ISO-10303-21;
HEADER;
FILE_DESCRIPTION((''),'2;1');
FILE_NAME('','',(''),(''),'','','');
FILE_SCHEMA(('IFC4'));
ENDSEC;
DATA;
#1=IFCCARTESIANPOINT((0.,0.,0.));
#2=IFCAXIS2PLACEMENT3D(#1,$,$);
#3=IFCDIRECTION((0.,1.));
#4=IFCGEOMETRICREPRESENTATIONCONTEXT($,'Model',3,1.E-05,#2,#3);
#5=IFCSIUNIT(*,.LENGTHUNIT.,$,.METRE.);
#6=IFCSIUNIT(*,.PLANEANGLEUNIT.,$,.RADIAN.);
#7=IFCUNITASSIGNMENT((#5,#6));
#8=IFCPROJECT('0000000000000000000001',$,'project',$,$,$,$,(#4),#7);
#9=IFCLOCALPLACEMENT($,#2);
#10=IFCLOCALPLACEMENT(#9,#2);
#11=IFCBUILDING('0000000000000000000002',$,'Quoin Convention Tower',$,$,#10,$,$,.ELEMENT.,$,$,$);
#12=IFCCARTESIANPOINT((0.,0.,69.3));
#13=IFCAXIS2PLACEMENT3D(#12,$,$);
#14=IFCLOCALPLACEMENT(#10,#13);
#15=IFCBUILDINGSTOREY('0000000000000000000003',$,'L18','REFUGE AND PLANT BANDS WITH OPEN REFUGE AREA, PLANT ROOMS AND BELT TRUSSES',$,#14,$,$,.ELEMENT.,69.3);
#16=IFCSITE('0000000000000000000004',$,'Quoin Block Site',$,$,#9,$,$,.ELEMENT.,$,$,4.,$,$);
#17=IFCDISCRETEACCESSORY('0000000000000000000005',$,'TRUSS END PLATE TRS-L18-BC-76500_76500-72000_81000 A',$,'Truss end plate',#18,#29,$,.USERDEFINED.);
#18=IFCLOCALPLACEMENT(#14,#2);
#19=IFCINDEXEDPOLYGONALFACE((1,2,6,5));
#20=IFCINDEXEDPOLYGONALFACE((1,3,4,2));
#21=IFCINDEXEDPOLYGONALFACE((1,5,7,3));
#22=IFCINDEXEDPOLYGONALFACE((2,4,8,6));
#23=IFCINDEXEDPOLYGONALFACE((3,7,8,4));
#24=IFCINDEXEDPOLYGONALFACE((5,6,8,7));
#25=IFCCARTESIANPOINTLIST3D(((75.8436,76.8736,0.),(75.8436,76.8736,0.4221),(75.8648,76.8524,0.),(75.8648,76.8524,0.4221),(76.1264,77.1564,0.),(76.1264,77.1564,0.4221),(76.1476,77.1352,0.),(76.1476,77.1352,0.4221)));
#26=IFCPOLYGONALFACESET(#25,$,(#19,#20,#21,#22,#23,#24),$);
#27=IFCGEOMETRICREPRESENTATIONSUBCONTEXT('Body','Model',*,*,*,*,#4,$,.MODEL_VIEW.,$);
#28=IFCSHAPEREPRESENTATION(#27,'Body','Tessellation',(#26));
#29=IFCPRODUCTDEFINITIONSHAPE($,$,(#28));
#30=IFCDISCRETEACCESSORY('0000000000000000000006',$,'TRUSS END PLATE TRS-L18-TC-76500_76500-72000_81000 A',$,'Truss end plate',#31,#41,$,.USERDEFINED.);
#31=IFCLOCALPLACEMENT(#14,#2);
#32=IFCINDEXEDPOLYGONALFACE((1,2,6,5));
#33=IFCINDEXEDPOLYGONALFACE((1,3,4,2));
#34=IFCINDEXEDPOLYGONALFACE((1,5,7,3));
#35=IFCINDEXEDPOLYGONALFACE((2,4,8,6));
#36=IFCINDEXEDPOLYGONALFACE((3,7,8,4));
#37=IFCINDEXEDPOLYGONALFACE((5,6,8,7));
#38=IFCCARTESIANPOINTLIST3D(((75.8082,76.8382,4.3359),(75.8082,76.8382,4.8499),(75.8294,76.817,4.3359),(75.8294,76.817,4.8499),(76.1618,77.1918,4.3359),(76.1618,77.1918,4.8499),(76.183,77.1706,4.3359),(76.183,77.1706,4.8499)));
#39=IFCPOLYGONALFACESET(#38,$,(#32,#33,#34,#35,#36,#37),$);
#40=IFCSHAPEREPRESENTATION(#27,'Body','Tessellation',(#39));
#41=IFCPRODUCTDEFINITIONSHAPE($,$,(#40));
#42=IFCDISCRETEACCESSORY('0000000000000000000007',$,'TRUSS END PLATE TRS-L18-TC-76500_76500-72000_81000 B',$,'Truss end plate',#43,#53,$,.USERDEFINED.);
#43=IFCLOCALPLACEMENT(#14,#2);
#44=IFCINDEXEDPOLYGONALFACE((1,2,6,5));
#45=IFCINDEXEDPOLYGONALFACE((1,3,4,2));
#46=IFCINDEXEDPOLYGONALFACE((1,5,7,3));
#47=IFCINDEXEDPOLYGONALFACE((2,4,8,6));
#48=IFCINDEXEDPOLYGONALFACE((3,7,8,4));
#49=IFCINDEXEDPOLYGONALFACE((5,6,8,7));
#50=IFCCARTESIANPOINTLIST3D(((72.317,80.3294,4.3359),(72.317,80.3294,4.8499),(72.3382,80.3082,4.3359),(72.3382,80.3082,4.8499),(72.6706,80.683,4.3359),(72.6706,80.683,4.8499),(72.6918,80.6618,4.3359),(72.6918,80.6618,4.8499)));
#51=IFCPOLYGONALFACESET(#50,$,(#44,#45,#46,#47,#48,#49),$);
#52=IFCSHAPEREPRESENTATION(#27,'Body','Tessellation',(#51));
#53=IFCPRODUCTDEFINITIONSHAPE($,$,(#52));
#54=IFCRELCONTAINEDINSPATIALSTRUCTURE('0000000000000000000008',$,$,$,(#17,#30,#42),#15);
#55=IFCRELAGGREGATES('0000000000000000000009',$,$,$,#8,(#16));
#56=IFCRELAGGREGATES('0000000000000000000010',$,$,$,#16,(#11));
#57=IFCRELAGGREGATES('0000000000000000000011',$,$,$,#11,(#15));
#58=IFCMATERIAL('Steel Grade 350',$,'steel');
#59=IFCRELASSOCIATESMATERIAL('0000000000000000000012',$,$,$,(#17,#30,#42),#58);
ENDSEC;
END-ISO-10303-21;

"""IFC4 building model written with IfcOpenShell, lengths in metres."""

from ifc_helpers import new_model, si_unit, direction, frame, origin, origin_2d, place, context, subcontext, project, spatial, rectangle, extrude, material, element, save


model = new_model("IFC4")

# Units and contexts
model_context = context("Model", 3, precision=1e-05, world=origin(), true_north=direction((0.0, 1.0)))
body_context = subcontext(model_context, "Body", "Model", "MODEL_VIEW")
ifc_project = project(units=[si_unit("LENGTHUNIT", "METRE"), si_unit("PLANEANGLEUNIT", "RADIAN")], contexts=[model_context])

# Site, building, storey
site_placement = place(None, origin())
site = spatial("IfcSite", under=ifc_project, at=site_placement, Name="Quoin Block Site", CompositionType="ELEMENT", RefElevation=4.0)
building_placement = place(site_placement, origin())
building = spatial("IfcBuilding", under=site, at=building_placement, Name="Quoin Convention Tower", CompositionType="ELEMENT")
storey_placement = place(building_placement, frame((0.0, 0.0, 69.3)))
storey = spatial("IfcBuildingStorey", under=building, at=storey_placement, Name="L18", Description="REFUGE AND PLANT BANDS WITH OPEN REFUGE AREA, PLANT ROOMS AND BELT TRUSSES", CompositionType="ELEMENT", Elevation=69.3)

# Discrete accessories
ifc_material_1 = material(Name="Steel Grade 350", Category="steel")
discrete_accessory_placement = place(storey_placement, frame((75.9956, 77.0044, 0.0), z_axis=(0.0, 0.0, 1.0), x_axis=(0.707107, -0.707107, 0.0)))
element("IfcDiscreteAccessory", 1, at=discrete_accessory_placement, inside=storey, material=ifc_material_1, Name="TRUSS END PLATE TRS-L18-BC-76500_76500-72000_81000 A", ObjectType="Truss end plate", PredefinedType="USERDEFINED", context=body_context, shape_type="SweptSolid", body=[
    extrude(rectangle(XDim=0.03, YDim=0.3999, at=origin_2d()), origin(), (0.0, 0.0, 1.0), 0.4221),
])
for number, where, z_axis, x_axis, name in (
    (2, (75.9956, 77.0044, 4.3359), (0.0, 0.0, 1.0), (0.707107, -0.707107, 0.0), "TRUSS END PLATE TRS-L18-TC-76500_76500-72000_81000 A"),
    (3, (72.5044, 80.4956, 4.3359), (0.0, 0.0, 1.0), (-0.707107, 0.707107, 0.0), "TRUSS END PLATE TRS-L18-TC-76500_76500-72000_81000 B"),
):
    element("IfcDiscreteAccessory", number, at=place(storey_placement, frame(where, z_axis=z_axis, x_axis=x_axis)), inside=storey, material=ifc_material_1, Name=name, ObjectType="Truss end plate", PredefinedType="USERDEFINED", context=body_context, shape_type="SweptSolid", body=[
        extrude(rectangle(XDim=0.03, YDim=0.5, at=origin_2d()), origin(), (0.0, 0.0, 1.0), 0.5139),
    ])

save(model, "model.ifc")
